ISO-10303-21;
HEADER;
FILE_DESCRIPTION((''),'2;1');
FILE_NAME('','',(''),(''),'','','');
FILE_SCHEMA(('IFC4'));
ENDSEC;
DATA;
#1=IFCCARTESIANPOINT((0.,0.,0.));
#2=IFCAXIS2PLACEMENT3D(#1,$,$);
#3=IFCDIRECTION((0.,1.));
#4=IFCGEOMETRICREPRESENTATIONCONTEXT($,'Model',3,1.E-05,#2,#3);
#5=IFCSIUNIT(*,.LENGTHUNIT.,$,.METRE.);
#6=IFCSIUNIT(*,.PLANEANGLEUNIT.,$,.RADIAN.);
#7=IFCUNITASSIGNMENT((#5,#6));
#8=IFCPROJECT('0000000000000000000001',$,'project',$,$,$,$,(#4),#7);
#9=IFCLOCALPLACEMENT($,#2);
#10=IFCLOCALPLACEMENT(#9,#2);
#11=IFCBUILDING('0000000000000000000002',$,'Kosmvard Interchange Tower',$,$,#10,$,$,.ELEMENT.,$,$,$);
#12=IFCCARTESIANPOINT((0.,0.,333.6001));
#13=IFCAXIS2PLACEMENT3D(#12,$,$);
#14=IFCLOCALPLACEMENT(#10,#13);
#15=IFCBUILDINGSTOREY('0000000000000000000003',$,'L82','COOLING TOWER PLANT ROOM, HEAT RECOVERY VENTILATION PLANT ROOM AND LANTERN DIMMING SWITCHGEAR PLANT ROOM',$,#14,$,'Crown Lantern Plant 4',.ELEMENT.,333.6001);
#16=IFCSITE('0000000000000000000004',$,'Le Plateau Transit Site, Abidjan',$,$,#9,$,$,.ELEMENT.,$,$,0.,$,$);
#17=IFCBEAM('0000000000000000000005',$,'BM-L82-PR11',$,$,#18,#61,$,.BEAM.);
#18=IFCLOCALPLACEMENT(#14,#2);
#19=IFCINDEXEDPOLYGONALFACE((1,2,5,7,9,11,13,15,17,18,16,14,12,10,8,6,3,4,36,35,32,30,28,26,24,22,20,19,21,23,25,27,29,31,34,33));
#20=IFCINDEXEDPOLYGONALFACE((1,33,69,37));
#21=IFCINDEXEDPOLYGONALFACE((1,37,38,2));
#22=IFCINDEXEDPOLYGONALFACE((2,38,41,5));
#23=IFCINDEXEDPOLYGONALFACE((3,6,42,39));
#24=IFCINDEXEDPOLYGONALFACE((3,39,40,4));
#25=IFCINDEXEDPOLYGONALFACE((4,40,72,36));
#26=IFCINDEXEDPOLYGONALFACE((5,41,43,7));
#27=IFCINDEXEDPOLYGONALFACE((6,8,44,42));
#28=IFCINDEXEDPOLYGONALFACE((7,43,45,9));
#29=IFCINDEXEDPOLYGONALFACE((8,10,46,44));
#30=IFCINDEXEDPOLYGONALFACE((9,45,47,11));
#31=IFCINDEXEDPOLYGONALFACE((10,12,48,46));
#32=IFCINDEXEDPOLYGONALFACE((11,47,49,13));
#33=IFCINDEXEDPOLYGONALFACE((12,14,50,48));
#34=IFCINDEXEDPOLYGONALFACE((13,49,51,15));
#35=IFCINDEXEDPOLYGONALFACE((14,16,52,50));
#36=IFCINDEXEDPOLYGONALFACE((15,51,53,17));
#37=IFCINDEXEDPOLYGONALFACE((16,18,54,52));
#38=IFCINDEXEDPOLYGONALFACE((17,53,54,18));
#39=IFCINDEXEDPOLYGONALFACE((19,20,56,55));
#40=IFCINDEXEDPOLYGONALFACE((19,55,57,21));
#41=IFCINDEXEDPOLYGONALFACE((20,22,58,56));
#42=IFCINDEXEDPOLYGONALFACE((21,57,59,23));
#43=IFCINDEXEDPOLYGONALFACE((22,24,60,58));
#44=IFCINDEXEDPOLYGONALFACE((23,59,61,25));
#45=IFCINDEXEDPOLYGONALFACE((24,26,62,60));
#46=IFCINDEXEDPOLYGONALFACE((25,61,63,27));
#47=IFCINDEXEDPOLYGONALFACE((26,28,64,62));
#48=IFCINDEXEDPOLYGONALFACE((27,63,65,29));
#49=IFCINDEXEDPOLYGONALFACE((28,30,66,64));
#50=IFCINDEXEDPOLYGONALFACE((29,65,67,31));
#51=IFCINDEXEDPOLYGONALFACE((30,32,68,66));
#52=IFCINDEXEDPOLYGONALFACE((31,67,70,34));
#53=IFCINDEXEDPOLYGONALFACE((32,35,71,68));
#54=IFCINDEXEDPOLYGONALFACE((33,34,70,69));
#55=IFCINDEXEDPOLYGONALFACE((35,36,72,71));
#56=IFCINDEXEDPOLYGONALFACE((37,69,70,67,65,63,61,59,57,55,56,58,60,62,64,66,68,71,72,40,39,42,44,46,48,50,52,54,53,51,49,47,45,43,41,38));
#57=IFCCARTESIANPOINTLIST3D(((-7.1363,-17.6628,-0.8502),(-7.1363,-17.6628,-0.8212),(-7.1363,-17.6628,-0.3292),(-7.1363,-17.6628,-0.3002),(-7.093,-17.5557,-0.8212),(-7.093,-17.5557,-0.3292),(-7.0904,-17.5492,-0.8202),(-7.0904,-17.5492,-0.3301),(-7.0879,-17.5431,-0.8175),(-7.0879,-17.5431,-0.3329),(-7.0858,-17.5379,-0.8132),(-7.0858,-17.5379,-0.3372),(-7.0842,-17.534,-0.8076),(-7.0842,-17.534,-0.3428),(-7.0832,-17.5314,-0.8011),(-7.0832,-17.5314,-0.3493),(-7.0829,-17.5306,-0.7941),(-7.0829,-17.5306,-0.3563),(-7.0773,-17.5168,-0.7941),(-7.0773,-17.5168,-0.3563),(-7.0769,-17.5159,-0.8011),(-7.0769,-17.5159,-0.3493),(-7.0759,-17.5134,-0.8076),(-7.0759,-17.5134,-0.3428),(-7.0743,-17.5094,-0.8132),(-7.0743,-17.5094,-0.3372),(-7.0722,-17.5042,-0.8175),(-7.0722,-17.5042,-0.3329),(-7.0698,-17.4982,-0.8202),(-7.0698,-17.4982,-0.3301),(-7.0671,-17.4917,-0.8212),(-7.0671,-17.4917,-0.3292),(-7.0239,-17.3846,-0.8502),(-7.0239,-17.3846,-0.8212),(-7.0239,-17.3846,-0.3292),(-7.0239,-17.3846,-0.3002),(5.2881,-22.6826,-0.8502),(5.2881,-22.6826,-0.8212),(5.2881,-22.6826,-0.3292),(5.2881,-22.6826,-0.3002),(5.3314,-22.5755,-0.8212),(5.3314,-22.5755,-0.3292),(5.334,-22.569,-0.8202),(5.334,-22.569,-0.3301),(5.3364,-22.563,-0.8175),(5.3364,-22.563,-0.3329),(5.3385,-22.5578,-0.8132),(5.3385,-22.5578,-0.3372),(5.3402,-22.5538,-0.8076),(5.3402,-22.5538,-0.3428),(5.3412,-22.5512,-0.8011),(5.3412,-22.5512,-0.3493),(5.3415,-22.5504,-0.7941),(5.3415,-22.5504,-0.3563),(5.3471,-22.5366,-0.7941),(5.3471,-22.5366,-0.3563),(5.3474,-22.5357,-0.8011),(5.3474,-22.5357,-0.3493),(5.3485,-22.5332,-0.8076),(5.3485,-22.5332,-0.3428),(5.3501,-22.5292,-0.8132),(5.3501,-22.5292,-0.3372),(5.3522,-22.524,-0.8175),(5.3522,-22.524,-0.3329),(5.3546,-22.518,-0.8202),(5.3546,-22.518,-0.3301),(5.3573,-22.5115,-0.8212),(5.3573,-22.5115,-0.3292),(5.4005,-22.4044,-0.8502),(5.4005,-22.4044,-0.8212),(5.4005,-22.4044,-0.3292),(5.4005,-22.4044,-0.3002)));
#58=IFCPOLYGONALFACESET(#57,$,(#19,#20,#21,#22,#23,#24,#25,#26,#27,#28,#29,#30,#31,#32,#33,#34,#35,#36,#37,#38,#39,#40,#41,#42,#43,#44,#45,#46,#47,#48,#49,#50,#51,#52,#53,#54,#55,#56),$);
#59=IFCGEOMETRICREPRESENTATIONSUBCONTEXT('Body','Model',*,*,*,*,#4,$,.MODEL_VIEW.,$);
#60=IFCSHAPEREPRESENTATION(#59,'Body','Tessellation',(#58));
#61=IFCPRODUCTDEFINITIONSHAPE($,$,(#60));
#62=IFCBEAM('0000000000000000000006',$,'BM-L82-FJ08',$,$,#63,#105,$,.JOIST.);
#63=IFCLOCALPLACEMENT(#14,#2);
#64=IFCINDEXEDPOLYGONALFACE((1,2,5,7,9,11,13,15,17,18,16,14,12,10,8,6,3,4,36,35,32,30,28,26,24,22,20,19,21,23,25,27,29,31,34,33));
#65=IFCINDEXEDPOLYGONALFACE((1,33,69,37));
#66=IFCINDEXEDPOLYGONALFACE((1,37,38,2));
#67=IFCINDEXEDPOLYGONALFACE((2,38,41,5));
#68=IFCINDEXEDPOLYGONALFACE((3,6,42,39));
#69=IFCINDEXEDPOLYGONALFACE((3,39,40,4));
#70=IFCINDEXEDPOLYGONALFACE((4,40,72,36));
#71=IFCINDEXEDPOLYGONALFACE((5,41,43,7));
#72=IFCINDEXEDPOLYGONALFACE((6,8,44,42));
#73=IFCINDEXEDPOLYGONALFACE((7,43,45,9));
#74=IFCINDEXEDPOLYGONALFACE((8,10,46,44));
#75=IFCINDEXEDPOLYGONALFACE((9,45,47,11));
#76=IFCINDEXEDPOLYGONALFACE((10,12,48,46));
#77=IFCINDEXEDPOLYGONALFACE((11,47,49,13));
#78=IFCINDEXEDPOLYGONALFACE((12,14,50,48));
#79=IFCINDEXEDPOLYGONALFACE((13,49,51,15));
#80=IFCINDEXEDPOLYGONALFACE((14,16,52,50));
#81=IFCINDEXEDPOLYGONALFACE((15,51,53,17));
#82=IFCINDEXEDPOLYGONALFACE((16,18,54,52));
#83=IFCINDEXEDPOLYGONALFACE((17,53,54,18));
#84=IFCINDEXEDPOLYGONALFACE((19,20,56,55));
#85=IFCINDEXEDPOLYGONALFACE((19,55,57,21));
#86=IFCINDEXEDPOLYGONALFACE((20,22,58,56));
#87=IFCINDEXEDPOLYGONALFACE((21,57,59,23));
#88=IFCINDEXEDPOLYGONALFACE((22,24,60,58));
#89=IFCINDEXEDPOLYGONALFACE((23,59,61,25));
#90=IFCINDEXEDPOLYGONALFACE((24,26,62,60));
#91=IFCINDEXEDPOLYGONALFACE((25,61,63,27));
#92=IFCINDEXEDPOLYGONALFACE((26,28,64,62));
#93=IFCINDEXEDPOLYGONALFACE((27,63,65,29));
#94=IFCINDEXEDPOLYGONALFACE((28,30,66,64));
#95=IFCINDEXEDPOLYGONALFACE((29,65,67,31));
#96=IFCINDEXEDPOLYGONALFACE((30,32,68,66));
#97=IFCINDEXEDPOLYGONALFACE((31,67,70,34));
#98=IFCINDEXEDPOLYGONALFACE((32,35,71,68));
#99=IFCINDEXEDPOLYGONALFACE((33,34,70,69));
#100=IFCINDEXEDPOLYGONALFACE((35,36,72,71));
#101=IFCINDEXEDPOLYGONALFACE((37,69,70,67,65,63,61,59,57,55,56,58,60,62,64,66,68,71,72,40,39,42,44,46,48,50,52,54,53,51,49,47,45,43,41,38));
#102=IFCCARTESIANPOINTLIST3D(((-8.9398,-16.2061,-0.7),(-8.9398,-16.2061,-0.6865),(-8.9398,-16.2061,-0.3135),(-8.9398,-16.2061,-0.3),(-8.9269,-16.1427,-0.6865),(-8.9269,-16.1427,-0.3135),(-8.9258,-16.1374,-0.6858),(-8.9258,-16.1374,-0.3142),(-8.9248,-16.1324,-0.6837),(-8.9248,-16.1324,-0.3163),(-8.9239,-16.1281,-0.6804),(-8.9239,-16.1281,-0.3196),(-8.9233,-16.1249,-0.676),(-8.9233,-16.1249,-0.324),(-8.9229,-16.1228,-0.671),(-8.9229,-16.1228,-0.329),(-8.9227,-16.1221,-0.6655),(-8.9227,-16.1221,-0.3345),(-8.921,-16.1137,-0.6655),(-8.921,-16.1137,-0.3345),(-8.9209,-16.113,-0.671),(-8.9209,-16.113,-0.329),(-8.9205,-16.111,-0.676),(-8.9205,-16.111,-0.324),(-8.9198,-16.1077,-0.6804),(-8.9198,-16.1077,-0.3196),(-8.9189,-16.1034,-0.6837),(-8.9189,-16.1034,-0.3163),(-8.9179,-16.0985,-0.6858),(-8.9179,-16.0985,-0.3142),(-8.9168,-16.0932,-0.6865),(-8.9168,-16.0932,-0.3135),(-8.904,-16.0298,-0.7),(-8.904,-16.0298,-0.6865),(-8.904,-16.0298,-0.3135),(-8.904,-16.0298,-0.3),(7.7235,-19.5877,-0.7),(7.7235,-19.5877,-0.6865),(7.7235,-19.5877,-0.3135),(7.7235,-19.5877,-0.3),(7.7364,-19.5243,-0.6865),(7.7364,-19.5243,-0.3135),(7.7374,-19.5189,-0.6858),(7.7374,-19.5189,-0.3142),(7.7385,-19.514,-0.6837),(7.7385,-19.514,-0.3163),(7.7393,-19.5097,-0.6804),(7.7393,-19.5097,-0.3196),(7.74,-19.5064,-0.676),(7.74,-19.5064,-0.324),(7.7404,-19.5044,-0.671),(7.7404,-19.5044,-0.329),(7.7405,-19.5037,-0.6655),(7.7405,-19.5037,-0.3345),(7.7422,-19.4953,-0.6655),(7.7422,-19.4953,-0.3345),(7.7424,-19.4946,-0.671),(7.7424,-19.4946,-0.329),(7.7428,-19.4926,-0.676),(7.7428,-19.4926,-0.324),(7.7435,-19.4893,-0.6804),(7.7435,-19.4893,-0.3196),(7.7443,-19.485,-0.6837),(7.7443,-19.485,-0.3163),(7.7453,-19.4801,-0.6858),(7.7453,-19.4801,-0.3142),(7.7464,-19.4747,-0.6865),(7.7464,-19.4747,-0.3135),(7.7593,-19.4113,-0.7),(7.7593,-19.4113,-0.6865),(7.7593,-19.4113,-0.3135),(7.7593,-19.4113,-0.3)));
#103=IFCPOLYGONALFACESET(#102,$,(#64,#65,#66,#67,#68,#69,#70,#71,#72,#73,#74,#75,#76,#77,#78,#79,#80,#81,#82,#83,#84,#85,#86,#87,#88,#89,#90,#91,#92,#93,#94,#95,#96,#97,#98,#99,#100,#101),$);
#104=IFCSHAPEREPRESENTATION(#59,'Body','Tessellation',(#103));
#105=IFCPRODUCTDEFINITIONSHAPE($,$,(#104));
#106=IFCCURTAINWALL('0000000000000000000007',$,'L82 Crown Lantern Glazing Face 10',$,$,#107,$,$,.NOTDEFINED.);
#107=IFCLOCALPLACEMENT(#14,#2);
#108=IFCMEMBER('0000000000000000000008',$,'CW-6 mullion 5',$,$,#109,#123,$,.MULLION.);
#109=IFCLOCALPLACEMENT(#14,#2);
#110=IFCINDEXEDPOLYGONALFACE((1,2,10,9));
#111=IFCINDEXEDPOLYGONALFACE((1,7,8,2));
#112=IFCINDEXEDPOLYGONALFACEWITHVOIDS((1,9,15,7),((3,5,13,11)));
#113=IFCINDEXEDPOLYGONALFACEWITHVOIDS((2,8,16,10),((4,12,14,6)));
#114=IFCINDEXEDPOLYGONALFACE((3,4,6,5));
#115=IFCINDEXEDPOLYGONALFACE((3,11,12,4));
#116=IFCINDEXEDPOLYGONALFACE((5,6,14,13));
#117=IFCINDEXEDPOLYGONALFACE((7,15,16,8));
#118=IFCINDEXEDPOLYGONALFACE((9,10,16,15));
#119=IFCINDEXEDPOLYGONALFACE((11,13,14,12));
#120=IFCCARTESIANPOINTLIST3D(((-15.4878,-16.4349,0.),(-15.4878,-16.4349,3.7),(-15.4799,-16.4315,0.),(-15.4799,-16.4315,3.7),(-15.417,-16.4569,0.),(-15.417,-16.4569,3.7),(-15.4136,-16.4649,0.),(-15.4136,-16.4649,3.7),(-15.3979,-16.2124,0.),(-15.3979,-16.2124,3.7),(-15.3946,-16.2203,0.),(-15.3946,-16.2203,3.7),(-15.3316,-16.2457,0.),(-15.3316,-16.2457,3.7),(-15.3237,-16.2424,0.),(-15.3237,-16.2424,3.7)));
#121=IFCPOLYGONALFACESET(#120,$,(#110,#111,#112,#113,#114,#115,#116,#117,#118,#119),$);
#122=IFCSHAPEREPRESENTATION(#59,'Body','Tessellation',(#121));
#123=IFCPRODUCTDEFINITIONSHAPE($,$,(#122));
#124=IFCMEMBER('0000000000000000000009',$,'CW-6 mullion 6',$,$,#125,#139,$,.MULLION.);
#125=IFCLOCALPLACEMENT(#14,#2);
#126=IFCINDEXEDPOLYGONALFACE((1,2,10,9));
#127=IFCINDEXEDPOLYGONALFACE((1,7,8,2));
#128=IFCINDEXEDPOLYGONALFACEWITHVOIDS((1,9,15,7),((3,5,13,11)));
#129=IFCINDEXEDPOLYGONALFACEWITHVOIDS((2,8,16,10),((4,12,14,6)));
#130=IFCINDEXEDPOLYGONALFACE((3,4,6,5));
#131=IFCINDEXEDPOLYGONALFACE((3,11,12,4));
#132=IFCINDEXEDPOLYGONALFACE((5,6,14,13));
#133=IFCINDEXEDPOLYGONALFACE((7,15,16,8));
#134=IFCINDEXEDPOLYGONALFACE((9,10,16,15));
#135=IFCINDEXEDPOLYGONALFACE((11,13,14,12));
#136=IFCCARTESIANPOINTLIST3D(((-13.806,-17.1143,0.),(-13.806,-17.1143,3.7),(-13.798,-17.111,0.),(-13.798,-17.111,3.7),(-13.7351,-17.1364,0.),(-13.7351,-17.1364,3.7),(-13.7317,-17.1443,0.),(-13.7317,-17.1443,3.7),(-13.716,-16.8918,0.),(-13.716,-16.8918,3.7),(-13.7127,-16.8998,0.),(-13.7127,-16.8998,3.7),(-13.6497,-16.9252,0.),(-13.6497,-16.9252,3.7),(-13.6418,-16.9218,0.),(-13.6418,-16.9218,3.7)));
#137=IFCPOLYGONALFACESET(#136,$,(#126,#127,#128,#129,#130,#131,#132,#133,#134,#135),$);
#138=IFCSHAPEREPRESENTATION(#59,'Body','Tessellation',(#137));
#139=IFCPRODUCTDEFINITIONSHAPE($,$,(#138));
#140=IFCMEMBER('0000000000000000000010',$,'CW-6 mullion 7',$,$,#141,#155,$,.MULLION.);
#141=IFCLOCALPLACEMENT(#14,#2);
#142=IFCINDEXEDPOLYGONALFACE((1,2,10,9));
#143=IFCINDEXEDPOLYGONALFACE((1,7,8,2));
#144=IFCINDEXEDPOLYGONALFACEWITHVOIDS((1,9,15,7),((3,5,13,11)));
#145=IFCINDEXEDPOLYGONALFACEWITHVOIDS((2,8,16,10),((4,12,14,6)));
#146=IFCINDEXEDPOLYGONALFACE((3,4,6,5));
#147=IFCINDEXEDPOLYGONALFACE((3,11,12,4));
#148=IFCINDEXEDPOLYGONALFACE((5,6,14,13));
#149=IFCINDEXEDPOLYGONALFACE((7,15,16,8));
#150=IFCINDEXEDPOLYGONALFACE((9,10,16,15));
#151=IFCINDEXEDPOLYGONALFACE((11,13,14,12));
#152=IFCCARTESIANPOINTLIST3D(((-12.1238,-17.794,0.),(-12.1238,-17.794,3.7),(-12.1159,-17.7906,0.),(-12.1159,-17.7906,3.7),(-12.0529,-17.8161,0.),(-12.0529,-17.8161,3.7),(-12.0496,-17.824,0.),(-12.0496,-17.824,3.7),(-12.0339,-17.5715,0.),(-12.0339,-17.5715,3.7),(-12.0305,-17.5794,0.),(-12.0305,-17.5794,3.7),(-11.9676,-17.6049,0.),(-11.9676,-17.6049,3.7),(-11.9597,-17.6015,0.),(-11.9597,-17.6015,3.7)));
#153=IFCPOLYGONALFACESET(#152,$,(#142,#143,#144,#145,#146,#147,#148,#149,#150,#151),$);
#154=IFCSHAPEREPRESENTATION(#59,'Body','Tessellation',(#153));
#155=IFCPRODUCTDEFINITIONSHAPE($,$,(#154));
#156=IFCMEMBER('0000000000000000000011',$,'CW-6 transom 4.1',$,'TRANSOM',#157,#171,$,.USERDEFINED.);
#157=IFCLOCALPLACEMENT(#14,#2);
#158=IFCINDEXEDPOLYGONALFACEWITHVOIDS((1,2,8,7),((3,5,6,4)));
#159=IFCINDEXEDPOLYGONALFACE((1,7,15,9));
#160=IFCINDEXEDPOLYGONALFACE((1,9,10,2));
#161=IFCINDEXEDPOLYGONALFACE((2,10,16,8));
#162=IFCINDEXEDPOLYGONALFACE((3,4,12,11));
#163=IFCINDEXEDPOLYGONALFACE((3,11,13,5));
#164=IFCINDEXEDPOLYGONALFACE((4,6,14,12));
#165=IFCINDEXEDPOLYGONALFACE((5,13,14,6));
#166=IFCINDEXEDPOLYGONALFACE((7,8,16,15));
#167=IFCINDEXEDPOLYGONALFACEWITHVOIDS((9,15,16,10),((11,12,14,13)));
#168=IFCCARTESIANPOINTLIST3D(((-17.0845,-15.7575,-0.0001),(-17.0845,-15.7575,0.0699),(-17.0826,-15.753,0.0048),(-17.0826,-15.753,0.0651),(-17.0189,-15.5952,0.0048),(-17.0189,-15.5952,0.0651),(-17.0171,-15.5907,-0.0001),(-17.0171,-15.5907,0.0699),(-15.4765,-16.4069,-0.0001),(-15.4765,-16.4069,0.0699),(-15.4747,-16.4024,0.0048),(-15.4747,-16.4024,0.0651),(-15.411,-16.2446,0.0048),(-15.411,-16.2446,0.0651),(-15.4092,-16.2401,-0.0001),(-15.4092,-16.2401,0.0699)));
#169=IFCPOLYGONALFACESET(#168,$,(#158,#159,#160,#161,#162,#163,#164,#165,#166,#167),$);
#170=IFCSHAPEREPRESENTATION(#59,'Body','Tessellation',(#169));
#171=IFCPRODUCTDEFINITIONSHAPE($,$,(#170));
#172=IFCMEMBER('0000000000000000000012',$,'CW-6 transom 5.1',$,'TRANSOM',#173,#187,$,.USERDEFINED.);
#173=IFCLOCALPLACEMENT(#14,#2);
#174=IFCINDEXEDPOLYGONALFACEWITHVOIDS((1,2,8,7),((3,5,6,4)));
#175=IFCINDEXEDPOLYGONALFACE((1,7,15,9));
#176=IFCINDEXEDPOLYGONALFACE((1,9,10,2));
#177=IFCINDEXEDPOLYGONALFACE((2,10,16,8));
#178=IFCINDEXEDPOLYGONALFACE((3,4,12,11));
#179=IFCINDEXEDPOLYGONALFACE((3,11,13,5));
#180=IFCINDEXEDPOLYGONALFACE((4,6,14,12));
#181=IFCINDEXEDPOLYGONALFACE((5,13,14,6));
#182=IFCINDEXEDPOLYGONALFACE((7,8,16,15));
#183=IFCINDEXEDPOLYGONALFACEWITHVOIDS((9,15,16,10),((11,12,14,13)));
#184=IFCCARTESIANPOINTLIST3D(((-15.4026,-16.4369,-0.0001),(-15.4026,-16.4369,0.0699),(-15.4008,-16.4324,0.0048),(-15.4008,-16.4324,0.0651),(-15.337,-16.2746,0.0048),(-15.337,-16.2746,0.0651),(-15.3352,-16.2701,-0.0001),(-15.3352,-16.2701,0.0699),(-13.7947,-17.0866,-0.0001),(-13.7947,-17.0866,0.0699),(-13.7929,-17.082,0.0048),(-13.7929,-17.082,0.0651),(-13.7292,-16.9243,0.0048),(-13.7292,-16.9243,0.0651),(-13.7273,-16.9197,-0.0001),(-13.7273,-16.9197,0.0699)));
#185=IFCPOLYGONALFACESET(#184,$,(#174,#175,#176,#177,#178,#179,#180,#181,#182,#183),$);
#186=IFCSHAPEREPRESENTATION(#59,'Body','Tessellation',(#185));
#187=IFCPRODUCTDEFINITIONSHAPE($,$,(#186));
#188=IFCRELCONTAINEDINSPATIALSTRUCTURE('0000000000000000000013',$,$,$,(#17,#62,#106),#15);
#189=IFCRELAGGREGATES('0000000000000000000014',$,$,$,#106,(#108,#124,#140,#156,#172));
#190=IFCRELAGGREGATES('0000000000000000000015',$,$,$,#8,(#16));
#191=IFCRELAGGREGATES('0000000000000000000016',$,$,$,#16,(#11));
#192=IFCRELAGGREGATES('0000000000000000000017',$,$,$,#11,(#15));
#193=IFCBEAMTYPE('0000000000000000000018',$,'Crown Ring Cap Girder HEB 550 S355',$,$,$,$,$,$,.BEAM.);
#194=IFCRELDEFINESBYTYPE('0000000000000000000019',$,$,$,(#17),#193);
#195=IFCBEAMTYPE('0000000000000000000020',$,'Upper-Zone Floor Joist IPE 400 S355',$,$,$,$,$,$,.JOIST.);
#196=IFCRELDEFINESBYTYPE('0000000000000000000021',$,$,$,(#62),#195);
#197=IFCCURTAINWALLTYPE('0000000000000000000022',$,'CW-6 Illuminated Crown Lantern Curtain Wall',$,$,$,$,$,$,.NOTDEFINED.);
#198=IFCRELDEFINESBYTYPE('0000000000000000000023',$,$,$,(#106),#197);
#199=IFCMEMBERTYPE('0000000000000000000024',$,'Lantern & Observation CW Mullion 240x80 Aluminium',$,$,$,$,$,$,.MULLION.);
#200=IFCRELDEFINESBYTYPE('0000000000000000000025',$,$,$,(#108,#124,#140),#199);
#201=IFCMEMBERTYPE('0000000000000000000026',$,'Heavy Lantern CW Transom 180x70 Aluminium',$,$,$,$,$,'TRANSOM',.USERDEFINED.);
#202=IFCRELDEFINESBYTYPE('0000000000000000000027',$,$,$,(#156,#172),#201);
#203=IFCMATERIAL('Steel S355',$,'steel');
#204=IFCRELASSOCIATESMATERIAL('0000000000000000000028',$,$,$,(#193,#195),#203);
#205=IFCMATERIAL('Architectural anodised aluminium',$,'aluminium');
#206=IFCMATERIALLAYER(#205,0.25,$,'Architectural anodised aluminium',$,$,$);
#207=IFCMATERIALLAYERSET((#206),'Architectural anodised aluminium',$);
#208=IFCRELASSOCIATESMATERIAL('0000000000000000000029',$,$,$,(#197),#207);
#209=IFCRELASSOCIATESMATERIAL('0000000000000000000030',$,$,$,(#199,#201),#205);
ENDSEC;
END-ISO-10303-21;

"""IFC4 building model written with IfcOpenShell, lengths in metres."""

from ifc_helpers import new_model, si_unit, direction, frame, origin, origin_2d, place, context, subcontext, project, spatial, hollow_rectangle, i_section, extrude, source, transform, mapped, material, layer, layer_set, material_profile, profile_set, type_object, element, aggregate, save


model = new_model("IFC4")

# Units and contexts
model_context = context("Model", 3, precision=1e-05, world=origin(), true_north=direction((0.0, 1.0)))
body_context = subcontext(model_context, "Body", "Model", "MODEL_VIEW")
ifc_project = project(units=[si_unit("LENGTHUNIT", "METRE"), si_unit("PLANEANGLEUNIT", "RADIAN")], contexts=[model_context])

# Site, building, storey
site_placement = place(None, origin())
site = spatial("IfcSite", under=ifc_project, at=site_placement, Name="Le Plateau Transit Site, Abidjan", CompositionType="ELEMENT", RefElevation=0.0)
building_placement = place(site_placement, origin())
building = spatial("IfcBuilding", under=site, at=building_placement, Name="Kosmvard Interchange Tower", CompositionType="ELEMENT")
storey_placement = place(building_placement, frame((0.0, 0.0, 333.6001)))
storey = spatial("IfcBuildingStorey", under=building, at=storey_placement, Name="L82", Description="COOLING TOWER PLANT ROOM, HEAT RECOVERY VENTILATION PLANT ROOM AND LANTERN DIMMING SWITCHGEAR PLANT ROOM", LongName="Crown Lantern Plant 4", CompositionType="ELEMENT", Elevation=333.6001)

# Shared definitions
ifc_material_1 = material(Name="Steel S355", Category="steel")

# Beams
ifc_material_profile_1 = material_profile(ifc_material_1, i_section(OverallWidth=0.3, OverallDepth=0.55, WebThickness=0.0149, FlangeThickness=0.0291, FilletRadius=0.0271, at=origin_2d()), Name="HEB 550")
ifc_profile_set_1 = profile_set([ifc_material_profile_1], Name="Steel S355")
beam_type_1 = type_object("IfcBeamType", Name="Crown Ring Cap Girder HEB 550 S355", PredefinedType="BEAM", material=ifc_profile_set_1)
shared_shape_1 = source(origin(), body_context, "Body", "SweptSolid", [
    extrude(i_section(OverallWidth=0.3, OverallDepth=0.55, WebThickness=0.0149, FlangeThickness=0.0291, FilletRadius=0.0271, at=origin_2d()), origin(), (0.0, 0.0, 1.0), 13.4001),
])
beam_1_placement = place(storey_placement, frame((-7.0801, -17.5237, -0.5752), z_axis=(0.927183, -0.374608, 0.0), x_axis=(0.374608, 0.927183, 0.0)))
element("IfcBeam", 1, at=beam_1_placement, inside=storey, type_object=beam_type_1, Name="BM-L82-PR11", PredefinedType="BEAM", context=body_context, shape_type="MappedRepresentation", body=[
    mapped(shared_shape_1, transform((0.0, 0.0, 0.0), scale=1.0)),
])
ifc_material_profile_2 = material_profile(ifc_material_1, i_section(OverallWidth=0.1799, OverallDepth=0.3999, WebThickness=0.0085, FlangeThickness=0.0134, FilletRadius=0.021, at=origin_2d()), Name="IPE 400")
ifc_profile_set_2 = profile_set([ifc_material_profile_2], Name="Steel S355")
beam_type_2 = type_object("IfcBeamType", Name="Upper-Zone Floor Joist IPE 400 S355", PredefinedType="JOIST", material=ifc_profile_set_2)
shared_shape_2 = source(origin(), body_context, "Body", "SweptSolid", [
    extrude(i_section(OverallWidth=0.1799, OverallDepth=0.3999, WebThickness=0.0085, FlangeThickness=0.0134, FilletRadius=0.021, at=origin_2d()), origin(), (0.0, 0.0, 1.0), 17.0029),
])
beam_2_placement = place(storey_placement, frame((-8.9219, -16.1179, -0.5), z_axis=(0.980023, -0.198882, 0.0), x_axis=(0.198882, 0.980023, 0.0)))
element("IfcBeam", 2, at=beam_2_placement, inside=storey, type_object=beam_type_2, Name="BM-L82-FJ08", PredefinedType="JOIST", context=body_context, shape_type="MappedRepresentation", body=[
    mapped(shared_shape_2, transform((0.0, 0.0, 0.0), scale=1.0)),
])

# Curtain wall, members
ifc_material_2 = material(Name="Architectural anodised aluminium", Category="aluminium")
ifc_layer_1 = layer(ifc_material_2, 0.25, Name="Architectural anodised aluminium")
ifc_layer_set_1 = layer_set([ifc_layer_1], Name="Architectural anodised aluminium")
curtain_wall_type = type_object("IfcCurtainWallType", Name="CW-6 Illuminated Crown Lantern Curtain Wall", PredefinedType="NOTDEFINED", material=ifc_layer_set_1)
curtain_wall_placement = place(storey_placement, origin())
curtain_wall = element("IfcCurtainWall", 3, at=curtain_wall_placement, inside=storey, type_object=curtain_wall_type, Name="L82 Crown Lantern Glazing Face 10", PredefinedType="NOTDEFINED")
ifc_material_profile_3 = material_profile(ifc_material_2, hollow_rectangle(XDim=0.24, YDim=0.0801, WallThickness=0.0061, at=origin_2d()), Name="CWM 240x80x6")
ifc_profile_set_3 = profile_set([ifc_material_profile_3], Name="Architectural anodised aluminium")
member_type_1 = type_object("IfcMemberType", Name="Lantern & Observation CW Mullion 240x80 Aluminium", PredefinedType="MULLION", material=ifc_profile_set_3)
shared_shape_3 = source(origin(), body_context, "Body", "SweptSolid", [
    extrude(hollow_rectangle(XDim=0.24, YDim=0.0801, WallThickness=0.0061, at=origin_2d()), origin(), (0.0, 0.0, 1.0), 3.7),
])
member_1_placement = place(storey_placement, frame((-15.4058, -16.3386, 0.0), z_axis=(0.0, 0.0, 1.0), x_axis=(0.374607, 0.927184, 0.0)))
member_1 = element("IfcMember", 4, at=member_1_placement, type_object=member_type_1, Name="CW-6 mullion 5", PredefinedType="MULLION", context=body_context, shape_type="MappedRepresentation", body=[
    mapped(shared_shape_3, transform((0.0, 0.0, 0.0), scale=1.0)),
])
member_2_placement = place(storey_placement, frame((-13.7239, -17.0181, 0.0), z_axis=(0.0, 0.0, 1.0), x_axis=(0.374607, 0.927184, 0.0)))
member_2 = element("IfcMember", 5, at=member_2_placement, type_object=member_type_1, Name="CW-6 mullion 6", PredefinedType="MULLION", context=body_context, shape_type="MappedRepresentation", body=[
    mapped(shared_shape_3, transform((0.0, 0.0, 0.0), scale=1.0)),
])
member_3_placement = place(storey_placement, frame((-12.0417, -17.6978, 0.0), z_axis=(0.0, 0.0, 1.0), x_axis=(0.374607, 0.927184, 0.0)))
member_3 = element("IfcMember", 6, at=member_3_placement, type_object=member_type_1, Name="CW-6 mullion 7", PredefinedType="MULLION", context=body_context, shape_type="MappedRepresentation", body=[
    mapped(shared_shape_3, transform((0.0, 0.0, 0.0), scale=1.0)),
])
ifc_material_profile_4 = material_profile(ifc_material_2, hollow_rectangle(XDim=0.1799, YDim=0.0701, WallThickness=0.0049, at=origin_2d()), Name="CWT 180x70x5")
ifc_profile_set_4 = profile_set([ifc_material_profile_4], Name="Architectural anodised aluminium")
member_type_2 = type_object("IfcMemberType", Name="Heavy Lantern CW Transom 180x70 Aluminium", ElementType="TRANSOM", PredefinedType="USERDEFINED", material=ifc_profile_set_4)
shared_shape_4 = source(origin(), body_context, "Body", "SweptSolid", [
    extrude(hollow_rectangle(XDim=0.1799, YDim=0.0701, WallThickness=0.0049, at=origin_2d()), origin(), (0.0, 0.0, 1.0), 1.7341),
])
member_4_placement = place(storey_placement, frame((-17.0508, -15.6741, 0.0349), z_axis=(0.927229, -0.374496, 0.0), x_axis=(0.374496, 0.927229, 0.0)))
member_4 = element("IfcMember", 7, at=member_4_placement, type_object=member_type_2, Name="CW-6 transom 4.1", ObjectType="TRANSOM", PredefinedType="USERDEFINED", context=body_context, shape_type="MappedRepresentation", body=[
    mapped(shared_shape_4, transform((0.0, 0.0, 0.0), scale=1.0)),
])
member_5_placement = place(storey_placement, frame((-15.3689, -16.3535, 0.0349), z_axis=(0.92718, -0.374617, 0.0), x_axis=(0.374617, 0.92718, 0.0)))
member_5 = element("IfcMember", 8, at=member_5_placement, type_object=member_type_2, Name="CW-6 transom 5.1", ObjectType="TRANSOM", PredefinedType="USERDEFINED", context=body_context, shape_type="MappedRepresentation", body=[
    mapped(shared_shape_4, transform((0.0, 0.0, 0.0), scale=1.0)),
])

aggregate(curtain_wall, [member_1, member_2, member_3, member_4, member_5])

save(model, "model.ifc")
